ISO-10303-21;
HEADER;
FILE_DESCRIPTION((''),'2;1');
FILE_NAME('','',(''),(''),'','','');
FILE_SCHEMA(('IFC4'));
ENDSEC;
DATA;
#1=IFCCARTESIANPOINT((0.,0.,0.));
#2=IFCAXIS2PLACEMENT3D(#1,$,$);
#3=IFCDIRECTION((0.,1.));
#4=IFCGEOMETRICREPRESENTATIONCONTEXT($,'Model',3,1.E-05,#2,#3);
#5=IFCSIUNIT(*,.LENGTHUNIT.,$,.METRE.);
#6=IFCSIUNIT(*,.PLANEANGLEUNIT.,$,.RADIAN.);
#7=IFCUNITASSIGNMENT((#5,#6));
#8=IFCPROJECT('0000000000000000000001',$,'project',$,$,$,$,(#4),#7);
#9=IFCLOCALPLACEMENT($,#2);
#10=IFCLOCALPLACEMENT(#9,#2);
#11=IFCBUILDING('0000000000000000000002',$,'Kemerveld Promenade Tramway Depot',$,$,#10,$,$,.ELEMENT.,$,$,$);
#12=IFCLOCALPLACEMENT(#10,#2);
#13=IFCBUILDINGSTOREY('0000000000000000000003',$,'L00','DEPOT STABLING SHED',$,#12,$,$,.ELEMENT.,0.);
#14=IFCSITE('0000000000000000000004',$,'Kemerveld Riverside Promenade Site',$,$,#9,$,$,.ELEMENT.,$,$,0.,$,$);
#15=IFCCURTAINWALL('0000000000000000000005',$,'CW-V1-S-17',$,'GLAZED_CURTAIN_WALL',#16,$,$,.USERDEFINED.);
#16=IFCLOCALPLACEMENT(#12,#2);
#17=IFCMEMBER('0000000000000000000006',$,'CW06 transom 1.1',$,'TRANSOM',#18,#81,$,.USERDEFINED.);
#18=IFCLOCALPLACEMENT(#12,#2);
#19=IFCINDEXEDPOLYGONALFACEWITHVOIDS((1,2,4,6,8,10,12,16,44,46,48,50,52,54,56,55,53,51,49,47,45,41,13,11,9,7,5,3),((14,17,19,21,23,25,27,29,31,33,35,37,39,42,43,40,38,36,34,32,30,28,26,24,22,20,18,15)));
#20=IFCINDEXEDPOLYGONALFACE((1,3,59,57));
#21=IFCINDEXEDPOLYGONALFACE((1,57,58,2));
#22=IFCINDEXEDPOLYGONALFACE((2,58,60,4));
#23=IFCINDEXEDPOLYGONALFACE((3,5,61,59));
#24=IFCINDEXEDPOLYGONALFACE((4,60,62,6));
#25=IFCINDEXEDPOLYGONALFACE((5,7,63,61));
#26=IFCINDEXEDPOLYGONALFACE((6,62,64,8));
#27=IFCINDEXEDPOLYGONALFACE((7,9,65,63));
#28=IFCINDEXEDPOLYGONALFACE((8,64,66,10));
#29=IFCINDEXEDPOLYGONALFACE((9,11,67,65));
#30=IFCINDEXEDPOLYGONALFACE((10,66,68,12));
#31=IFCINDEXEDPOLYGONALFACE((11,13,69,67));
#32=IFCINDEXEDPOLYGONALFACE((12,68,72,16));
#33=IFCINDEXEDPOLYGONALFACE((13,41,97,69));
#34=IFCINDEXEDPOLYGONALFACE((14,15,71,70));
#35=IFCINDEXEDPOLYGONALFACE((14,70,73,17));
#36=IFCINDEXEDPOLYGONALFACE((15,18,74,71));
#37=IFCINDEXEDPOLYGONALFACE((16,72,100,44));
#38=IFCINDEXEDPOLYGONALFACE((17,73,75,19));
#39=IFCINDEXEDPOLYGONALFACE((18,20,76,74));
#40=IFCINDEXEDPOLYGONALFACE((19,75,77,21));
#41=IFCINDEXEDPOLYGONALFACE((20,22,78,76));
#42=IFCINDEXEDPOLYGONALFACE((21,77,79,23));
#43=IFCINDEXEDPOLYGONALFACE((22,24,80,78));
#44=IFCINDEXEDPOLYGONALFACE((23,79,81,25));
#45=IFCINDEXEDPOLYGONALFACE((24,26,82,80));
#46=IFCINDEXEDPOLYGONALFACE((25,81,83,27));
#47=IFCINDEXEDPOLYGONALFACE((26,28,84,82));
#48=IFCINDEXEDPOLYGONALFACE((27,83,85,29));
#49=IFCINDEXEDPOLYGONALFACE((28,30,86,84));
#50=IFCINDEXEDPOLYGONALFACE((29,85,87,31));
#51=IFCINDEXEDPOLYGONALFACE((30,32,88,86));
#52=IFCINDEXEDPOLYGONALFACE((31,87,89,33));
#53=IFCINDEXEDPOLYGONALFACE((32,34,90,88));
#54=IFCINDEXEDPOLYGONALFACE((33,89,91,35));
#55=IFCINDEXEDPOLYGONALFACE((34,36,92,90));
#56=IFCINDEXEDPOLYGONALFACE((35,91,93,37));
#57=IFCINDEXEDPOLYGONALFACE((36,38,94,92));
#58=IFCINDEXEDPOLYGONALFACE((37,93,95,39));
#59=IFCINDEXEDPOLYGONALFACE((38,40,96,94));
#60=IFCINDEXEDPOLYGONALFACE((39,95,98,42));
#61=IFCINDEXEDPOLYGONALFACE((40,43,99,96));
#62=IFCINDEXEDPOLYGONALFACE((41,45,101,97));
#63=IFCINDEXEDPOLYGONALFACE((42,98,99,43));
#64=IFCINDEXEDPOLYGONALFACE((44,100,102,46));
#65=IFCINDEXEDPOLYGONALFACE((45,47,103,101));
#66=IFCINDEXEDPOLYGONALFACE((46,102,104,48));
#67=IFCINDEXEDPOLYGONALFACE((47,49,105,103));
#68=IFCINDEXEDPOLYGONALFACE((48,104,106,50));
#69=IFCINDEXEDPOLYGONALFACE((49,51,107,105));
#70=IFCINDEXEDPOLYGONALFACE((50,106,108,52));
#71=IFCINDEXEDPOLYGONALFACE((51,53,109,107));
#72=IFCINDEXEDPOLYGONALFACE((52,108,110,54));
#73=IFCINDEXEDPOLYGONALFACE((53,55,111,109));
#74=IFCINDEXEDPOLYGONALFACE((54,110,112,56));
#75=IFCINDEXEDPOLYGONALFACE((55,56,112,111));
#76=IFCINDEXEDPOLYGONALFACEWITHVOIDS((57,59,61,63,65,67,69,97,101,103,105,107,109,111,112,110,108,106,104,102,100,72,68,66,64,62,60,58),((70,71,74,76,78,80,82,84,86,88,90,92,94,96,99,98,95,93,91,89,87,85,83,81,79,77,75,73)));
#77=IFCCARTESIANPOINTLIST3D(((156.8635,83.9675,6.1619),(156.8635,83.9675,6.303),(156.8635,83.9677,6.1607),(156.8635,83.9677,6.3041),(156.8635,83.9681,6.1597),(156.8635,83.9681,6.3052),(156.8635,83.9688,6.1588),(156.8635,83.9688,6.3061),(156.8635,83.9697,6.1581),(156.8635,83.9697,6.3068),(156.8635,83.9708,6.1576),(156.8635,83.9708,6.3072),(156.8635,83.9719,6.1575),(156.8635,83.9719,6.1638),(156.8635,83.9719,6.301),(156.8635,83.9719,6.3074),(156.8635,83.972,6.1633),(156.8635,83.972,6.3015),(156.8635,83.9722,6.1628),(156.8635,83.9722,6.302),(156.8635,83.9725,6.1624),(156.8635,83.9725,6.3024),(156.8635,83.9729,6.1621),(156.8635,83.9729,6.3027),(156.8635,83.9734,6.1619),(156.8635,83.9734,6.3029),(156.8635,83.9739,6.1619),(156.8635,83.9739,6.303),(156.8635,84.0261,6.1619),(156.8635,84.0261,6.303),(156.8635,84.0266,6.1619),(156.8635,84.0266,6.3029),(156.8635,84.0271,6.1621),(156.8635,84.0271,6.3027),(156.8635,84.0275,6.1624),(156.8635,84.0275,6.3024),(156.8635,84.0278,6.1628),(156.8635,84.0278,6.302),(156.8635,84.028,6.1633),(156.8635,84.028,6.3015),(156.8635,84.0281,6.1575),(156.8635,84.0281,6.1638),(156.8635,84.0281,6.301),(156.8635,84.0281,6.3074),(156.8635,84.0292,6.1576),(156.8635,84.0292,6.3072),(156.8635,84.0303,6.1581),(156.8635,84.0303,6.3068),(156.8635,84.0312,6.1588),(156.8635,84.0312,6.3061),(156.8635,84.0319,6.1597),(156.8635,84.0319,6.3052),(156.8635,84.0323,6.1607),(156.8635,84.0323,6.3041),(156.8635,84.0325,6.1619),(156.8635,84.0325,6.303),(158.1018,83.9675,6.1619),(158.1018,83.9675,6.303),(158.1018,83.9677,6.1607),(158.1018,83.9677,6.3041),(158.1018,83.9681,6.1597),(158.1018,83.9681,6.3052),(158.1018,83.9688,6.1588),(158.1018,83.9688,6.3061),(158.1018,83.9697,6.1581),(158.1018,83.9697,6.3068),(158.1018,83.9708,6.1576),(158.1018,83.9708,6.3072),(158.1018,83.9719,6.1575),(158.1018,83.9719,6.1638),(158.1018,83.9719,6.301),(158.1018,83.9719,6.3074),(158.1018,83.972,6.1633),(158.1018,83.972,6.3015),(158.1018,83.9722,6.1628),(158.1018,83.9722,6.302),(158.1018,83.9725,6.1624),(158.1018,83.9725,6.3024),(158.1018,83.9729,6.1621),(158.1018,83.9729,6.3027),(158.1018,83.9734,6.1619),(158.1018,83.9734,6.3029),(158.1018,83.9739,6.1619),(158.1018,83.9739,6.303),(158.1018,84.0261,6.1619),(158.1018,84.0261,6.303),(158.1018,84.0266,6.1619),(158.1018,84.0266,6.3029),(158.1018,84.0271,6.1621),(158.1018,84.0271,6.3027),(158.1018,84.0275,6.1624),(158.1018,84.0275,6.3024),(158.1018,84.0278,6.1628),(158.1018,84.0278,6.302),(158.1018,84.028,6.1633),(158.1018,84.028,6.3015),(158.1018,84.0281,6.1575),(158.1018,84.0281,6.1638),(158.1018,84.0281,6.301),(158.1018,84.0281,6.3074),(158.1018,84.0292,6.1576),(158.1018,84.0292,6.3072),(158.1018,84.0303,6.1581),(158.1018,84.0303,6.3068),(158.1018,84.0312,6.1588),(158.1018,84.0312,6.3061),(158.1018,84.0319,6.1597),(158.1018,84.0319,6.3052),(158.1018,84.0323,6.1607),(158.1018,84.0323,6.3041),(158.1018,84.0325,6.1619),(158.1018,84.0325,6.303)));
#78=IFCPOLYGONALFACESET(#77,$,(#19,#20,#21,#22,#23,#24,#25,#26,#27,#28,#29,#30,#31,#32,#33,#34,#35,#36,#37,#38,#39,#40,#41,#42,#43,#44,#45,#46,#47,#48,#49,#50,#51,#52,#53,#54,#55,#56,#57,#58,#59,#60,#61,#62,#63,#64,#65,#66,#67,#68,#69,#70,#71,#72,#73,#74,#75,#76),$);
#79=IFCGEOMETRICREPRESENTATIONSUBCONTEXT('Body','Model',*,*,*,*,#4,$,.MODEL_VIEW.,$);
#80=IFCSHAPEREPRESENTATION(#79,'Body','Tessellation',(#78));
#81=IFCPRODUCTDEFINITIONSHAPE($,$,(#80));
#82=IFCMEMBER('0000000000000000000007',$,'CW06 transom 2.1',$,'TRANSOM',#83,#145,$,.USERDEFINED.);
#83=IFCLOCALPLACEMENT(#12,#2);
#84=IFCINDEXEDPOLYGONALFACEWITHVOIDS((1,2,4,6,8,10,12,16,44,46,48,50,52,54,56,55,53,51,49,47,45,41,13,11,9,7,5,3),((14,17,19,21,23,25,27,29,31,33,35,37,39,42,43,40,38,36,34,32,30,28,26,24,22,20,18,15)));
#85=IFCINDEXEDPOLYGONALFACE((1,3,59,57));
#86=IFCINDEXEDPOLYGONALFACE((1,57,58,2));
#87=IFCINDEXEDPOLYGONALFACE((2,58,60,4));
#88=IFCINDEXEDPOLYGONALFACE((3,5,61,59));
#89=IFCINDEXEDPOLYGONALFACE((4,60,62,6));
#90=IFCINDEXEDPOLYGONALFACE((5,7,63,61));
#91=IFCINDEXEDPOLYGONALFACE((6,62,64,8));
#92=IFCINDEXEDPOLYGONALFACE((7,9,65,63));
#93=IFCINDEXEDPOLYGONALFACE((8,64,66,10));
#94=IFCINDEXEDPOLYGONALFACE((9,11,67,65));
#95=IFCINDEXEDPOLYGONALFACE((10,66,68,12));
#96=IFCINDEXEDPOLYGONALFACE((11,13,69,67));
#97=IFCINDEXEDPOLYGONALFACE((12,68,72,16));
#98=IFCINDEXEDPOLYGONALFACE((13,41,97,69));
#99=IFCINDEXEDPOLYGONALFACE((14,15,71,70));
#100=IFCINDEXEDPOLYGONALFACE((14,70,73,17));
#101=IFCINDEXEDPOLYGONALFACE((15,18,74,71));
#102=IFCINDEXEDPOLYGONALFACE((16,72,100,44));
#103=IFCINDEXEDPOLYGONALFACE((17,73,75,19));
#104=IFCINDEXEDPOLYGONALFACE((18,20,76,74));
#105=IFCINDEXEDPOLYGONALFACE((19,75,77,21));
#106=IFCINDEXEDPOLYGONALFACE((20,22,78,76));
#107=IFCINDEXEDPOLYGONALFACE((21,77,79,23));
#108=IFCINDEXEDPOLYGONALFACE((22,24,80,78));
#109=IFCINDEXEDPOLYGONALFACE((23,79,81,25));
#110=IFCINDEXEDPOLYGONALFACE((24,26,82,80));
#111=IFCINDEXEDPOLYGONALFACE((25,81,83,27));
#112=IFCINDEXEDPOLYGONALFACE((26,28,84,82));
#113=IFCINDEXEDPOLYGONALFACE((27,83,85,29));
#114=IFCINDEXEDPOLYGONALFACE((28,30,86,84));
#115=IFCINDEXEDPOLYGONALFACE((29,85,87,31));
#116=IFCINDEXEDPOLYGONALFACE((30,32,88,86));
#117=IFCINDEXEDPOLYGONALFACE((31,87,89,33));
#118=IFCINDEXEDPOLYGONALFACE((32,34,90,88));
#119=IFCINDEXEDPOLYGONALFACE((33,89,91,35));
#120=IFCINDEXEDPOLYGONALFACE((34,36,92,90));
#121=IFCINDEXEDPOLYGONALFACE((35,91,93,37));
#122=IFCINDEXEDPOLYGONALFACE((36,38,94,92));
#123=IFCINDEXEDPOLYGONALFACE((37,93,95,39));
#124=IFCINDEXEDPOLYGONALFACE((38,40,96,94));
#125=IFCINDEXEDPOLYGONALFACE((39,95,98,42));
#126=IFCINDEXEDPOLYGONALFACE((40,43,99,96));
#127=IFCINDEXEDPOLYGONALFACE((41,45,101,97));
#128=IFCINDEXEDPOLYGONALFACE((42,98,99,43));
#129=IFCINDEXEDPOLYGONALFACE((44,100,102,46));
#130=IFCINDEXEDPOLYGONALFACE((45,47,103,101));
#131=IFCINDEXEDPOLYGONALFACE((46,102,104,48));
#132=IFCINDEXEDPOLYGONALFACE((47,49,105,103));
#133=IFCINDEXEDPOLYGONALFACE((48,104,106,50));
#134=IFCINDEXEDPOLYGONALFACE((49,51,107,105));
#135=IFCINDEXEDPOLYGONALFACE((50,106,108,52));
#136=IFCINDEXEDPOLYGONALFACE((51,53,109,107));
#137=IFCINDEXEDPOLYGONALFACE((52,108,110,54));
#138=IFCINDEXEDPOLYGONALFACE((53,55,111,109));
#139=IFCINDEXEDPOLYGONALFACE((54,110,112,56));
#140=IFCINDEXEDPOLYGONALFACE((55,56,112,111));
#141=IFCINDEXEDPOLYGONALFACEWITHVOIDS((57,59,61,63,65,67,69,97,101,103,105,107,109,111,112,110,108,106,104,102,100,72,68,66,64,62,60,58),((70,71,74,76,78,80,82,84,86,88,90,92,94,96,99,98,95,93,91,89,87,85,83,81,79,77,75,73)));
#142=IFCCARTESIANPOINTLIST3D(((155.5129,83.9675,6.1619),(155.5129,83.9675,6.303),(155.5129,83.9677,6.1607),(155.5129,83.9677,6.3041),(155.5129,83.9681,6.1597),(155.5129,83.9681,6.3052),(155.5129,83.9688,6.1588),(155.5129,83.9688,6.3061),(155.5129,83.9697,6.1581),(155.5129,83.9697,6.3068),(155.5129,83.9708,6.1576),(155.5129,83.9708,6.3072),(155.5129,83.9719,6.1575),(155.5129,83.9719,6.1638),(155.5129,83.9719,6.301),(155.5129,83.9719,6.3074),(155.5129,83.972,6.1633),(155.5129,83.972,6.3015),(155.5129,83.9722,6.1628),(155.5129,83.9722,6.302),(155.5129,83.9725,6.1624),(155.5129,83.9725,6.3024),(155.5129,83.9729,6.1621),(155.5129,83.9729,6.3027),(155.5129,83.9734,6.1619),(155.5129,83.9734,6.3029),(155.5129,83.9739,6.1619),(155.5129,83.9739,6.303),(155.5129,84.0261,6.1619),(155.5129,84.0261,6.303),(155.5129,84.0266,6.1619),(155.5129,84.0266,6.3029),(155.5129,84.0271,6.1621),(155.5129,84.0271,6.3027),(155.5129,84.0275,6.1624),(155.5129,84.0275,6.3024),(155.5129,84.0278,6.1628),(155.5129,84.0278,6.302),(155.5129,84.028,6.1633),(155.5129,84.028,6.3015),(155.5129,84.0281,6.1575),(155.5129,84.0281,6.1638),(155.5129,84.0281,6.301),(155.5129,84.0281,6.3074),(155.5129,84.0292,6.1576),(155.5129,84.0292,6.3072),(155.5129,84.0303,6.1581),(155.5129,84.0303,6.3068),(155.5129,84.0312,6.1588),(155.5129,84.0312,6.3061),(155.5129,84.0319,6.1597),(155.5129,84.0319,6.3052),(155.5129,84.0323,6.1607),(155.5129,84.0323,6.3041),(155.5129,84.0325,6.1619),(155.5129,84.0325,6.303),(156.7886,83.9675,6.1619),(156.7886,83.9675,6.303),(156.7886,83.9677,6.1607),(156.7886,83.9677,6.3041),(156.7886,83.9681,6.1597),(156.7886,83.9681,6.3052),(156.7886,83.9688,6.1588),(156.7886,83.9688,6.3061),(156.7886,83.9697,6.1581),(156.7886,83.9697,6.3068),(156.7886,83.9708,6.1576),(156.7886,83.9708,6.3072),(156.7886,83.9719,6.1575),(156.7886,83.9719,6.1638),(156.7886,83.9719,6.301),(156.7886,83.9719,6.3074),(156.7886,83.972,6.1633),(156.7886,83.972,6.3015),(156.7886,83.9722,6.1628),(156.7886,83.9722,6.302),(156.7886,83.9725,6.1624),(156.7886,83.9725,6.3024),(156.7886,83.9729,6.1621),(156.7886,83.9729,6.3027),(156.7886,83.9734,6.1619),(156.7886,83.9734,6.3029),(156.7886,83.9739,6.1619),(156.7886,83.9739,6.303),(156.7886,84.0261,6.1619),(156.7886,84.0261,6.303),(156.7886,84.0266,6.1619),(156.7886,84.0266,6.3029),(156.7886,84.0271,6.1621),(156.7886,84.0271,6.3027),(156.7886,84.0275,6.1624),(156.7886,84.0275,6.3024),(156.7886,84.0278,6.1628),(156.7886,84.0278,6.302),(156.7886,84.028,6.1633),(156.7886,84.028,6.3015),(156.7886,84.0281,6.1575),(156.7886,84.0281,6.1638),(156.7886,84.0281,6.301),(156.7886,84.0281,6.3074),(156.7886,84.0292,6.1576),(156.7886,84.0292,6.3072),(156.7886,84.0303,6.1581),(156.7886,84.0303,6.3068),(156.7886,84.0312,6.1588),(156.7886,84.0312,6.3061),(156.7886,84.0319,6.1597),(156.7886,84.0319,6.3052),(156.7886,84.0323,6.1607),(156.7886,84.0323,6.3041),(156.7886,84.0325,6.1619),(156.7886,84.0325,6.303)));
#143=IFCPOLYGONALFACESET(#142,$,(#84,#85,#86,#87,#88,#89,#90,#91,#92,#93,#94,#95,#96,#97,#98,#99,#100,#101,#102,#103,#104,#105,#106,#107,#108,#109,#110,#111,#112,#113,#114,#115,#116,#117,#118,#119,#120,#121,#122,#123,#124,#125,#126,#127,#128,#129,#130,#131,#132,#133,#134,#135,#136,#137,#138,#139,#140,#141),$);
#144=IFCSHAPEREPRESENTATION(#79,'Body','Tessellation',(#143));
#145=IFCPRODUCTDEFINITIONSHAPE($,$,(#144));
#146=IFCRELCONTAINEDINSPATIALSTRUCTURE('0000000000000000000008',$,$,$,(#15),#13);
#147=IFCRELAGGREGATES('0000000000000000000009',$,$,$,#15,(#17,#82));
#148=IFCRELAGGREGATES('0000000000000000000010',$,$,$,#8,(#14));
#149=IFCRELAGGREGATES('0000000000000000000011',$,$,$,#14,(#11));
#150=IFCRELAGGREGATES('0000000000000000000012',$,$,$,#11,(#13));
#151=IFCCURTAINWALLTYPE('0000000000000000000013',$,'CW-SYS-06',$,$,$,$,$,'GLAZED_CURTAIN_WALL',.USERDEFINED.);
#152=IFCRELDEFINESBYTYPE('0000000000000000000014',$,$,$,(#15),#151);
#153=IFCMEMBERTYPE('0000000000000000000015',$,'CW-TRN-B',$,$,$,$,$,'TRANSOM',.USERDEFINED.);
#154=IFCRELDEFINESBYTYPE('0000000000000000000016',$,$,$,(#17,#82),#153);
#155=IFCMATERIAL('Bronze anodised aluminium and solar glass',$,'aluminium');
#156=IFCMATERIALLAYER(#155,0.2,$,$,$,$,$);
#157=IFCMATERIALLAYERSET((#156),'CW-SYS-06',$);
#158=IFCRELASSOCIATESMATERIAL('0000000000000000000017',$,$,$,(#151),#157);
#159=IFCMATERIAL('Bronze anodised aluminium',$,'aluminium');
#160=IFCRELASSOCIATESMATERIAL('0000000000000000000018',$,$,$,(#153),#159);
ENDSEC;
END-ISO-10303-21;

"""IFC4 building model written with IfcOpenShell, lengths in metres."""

from ifc_helpers import new_model, si_unit, direction, frame, origin, origin_2d, place, context, subcontext, project, spatial, hollow_rectangle, extrude, material, layer, layer_set, material_profile, profile_set, type_object, element, aggregate, save


model = new_model("IFC4")

# Units and contexts
model_context = context("Model", 3, precision=1e-05, world=origin(), true_north=direction((0.0, 1.0)))
body_context = subcontext(model_context, "Body", "Model", "MODEL_VIEW")
ifc_project = project(units=[si_unit("LENGTHUNIT", "METRE"), si_unit("PLANEANGLEUNIT", "RADIAN")], contexts=[model_context])

# Site, building, storey
site_placement = place(None, origin())
site = spatial("IfcSite", under=ifc_project, at=site_placement, Name="Kemerveld Riverside Promenade Site", CompositionType="ELEMENT", RefElevation=0.0)
building_placement = place(site_placement, origin())
building = spatial("IfcBuilding", under=site, at=building_placement, Name="Kemerveld Promenade Tramway Depot", CompositionType="ELEMENT")
storey_placement = place(building_placement, origin())
storey = spatial("IfcBuildingStorey", under=building, at=storey_placement, Name="L00", Description="DEPOT STABLING SHED", CompositionType="ELEMENT", Elevation=0.0)

# Shared definitions
ifc_material_1 = material(Name="Bronze anodised aluminium and solar glass", Category="aluminium")
ifc_material_2 = material(Name="Bronze anodised aluminium", Category="aluminium")

# Curtain wall
ifc_layer_1 = layer(ifc_material_1, 0.2)
ifc_layer_set_1 = layer_set([ifc_layer_1], Name="CW-SYS-06")
curtain_wall_type_1 = type_object("IfcCurtainWallType", Name="CW-SYS-06", ElementType="GLAZED_CURTAIN_WALL", PredefinedType="USERDEFINED", material=ifc_layer_set_1)
curtain_wall_1_placement = place(storey_placement, origin())
curtain_wall_1 = element("IfcCurtainWall", 1, at=curtain_wall_1_placement, inside=storey, type_object=curtain_wall_type_1, Name="CW-V1-S-17", ObjectType="GLAZED_CURTAIN_WALL", PredefinedType="USERDEFINED")

# Members
ifc_material_profile_1 = material_profile(ifc_material_2, hollow_rectangle(XDim=0.0649, YDim=0.1499, WallThickness=0.0044, InnerFilletRadius=0.002, OuterFilletRadius=0.0044, at=origin_2d()), Name="CW-TRN-150x65")
ifc_profile_set_1 = profile_set([ifc_material_profile_1], Name="Bronze anodised aluminium")
member_type_1 = type_object("IfcMemberType", Name="CW-TRN-B", ElementType="TRANSOM", PredefinedType="USERDEFINED", material=ifc_profile_set_1)
member_1_placement = place(storey_placement, frame((158.1018, 84.0, 6.2324), z_axis=(-1.0, 0.0, 0.0), x_axis=(0.0, -1.0, 0.0)))
member_1 = element("IfcMember", 2, at=member_1_placement, type_object=member_type_1, Name="CW06 transom 1.1", ObjectType="TRANSOM", PredefinedType="USERDEFINED", context=body_context, shape_type="SweptSolid", body=[
    extrude(hollow_rectangle(XDim=0.0649, YDim=0.1499, WallThickness=0.0044, InnerFilletRadius=0.002, OuterFilletRadius=0.0044, at=origin_2d()), origin(), (0.0, 0.0, 1.0), 1.2383),
])
member_2_placement = place(storey_placement, frame((156.7886, 84.0, 6.2324), z_axis=(-1.0, 0.0, 0.0), x_axis=(0.0, -1.0, 0.0)))
member_2 = element("IfcMember", 3, at=member_2_placement, type_object=member_type_1, Name="CW06 transom 2.1", ObjectType="TRANSOM", PredefinedType="USERDEFINED", context=body_context, shape_type="SweptSolid", body=[
    extrude(hollow_rectangle(XDim=0.0649, YDim=0.1499, WallThickness=0.0044, InnerFilletRadius=0.002, OuterFilletRadius=0.0044, at=origin_2d()), origin(), (0.0, 0.0, 1.0), 1.2756),
])

aggregate(curtain_wall_1, [member_1, member_2])

save(model, "model.ifc")
